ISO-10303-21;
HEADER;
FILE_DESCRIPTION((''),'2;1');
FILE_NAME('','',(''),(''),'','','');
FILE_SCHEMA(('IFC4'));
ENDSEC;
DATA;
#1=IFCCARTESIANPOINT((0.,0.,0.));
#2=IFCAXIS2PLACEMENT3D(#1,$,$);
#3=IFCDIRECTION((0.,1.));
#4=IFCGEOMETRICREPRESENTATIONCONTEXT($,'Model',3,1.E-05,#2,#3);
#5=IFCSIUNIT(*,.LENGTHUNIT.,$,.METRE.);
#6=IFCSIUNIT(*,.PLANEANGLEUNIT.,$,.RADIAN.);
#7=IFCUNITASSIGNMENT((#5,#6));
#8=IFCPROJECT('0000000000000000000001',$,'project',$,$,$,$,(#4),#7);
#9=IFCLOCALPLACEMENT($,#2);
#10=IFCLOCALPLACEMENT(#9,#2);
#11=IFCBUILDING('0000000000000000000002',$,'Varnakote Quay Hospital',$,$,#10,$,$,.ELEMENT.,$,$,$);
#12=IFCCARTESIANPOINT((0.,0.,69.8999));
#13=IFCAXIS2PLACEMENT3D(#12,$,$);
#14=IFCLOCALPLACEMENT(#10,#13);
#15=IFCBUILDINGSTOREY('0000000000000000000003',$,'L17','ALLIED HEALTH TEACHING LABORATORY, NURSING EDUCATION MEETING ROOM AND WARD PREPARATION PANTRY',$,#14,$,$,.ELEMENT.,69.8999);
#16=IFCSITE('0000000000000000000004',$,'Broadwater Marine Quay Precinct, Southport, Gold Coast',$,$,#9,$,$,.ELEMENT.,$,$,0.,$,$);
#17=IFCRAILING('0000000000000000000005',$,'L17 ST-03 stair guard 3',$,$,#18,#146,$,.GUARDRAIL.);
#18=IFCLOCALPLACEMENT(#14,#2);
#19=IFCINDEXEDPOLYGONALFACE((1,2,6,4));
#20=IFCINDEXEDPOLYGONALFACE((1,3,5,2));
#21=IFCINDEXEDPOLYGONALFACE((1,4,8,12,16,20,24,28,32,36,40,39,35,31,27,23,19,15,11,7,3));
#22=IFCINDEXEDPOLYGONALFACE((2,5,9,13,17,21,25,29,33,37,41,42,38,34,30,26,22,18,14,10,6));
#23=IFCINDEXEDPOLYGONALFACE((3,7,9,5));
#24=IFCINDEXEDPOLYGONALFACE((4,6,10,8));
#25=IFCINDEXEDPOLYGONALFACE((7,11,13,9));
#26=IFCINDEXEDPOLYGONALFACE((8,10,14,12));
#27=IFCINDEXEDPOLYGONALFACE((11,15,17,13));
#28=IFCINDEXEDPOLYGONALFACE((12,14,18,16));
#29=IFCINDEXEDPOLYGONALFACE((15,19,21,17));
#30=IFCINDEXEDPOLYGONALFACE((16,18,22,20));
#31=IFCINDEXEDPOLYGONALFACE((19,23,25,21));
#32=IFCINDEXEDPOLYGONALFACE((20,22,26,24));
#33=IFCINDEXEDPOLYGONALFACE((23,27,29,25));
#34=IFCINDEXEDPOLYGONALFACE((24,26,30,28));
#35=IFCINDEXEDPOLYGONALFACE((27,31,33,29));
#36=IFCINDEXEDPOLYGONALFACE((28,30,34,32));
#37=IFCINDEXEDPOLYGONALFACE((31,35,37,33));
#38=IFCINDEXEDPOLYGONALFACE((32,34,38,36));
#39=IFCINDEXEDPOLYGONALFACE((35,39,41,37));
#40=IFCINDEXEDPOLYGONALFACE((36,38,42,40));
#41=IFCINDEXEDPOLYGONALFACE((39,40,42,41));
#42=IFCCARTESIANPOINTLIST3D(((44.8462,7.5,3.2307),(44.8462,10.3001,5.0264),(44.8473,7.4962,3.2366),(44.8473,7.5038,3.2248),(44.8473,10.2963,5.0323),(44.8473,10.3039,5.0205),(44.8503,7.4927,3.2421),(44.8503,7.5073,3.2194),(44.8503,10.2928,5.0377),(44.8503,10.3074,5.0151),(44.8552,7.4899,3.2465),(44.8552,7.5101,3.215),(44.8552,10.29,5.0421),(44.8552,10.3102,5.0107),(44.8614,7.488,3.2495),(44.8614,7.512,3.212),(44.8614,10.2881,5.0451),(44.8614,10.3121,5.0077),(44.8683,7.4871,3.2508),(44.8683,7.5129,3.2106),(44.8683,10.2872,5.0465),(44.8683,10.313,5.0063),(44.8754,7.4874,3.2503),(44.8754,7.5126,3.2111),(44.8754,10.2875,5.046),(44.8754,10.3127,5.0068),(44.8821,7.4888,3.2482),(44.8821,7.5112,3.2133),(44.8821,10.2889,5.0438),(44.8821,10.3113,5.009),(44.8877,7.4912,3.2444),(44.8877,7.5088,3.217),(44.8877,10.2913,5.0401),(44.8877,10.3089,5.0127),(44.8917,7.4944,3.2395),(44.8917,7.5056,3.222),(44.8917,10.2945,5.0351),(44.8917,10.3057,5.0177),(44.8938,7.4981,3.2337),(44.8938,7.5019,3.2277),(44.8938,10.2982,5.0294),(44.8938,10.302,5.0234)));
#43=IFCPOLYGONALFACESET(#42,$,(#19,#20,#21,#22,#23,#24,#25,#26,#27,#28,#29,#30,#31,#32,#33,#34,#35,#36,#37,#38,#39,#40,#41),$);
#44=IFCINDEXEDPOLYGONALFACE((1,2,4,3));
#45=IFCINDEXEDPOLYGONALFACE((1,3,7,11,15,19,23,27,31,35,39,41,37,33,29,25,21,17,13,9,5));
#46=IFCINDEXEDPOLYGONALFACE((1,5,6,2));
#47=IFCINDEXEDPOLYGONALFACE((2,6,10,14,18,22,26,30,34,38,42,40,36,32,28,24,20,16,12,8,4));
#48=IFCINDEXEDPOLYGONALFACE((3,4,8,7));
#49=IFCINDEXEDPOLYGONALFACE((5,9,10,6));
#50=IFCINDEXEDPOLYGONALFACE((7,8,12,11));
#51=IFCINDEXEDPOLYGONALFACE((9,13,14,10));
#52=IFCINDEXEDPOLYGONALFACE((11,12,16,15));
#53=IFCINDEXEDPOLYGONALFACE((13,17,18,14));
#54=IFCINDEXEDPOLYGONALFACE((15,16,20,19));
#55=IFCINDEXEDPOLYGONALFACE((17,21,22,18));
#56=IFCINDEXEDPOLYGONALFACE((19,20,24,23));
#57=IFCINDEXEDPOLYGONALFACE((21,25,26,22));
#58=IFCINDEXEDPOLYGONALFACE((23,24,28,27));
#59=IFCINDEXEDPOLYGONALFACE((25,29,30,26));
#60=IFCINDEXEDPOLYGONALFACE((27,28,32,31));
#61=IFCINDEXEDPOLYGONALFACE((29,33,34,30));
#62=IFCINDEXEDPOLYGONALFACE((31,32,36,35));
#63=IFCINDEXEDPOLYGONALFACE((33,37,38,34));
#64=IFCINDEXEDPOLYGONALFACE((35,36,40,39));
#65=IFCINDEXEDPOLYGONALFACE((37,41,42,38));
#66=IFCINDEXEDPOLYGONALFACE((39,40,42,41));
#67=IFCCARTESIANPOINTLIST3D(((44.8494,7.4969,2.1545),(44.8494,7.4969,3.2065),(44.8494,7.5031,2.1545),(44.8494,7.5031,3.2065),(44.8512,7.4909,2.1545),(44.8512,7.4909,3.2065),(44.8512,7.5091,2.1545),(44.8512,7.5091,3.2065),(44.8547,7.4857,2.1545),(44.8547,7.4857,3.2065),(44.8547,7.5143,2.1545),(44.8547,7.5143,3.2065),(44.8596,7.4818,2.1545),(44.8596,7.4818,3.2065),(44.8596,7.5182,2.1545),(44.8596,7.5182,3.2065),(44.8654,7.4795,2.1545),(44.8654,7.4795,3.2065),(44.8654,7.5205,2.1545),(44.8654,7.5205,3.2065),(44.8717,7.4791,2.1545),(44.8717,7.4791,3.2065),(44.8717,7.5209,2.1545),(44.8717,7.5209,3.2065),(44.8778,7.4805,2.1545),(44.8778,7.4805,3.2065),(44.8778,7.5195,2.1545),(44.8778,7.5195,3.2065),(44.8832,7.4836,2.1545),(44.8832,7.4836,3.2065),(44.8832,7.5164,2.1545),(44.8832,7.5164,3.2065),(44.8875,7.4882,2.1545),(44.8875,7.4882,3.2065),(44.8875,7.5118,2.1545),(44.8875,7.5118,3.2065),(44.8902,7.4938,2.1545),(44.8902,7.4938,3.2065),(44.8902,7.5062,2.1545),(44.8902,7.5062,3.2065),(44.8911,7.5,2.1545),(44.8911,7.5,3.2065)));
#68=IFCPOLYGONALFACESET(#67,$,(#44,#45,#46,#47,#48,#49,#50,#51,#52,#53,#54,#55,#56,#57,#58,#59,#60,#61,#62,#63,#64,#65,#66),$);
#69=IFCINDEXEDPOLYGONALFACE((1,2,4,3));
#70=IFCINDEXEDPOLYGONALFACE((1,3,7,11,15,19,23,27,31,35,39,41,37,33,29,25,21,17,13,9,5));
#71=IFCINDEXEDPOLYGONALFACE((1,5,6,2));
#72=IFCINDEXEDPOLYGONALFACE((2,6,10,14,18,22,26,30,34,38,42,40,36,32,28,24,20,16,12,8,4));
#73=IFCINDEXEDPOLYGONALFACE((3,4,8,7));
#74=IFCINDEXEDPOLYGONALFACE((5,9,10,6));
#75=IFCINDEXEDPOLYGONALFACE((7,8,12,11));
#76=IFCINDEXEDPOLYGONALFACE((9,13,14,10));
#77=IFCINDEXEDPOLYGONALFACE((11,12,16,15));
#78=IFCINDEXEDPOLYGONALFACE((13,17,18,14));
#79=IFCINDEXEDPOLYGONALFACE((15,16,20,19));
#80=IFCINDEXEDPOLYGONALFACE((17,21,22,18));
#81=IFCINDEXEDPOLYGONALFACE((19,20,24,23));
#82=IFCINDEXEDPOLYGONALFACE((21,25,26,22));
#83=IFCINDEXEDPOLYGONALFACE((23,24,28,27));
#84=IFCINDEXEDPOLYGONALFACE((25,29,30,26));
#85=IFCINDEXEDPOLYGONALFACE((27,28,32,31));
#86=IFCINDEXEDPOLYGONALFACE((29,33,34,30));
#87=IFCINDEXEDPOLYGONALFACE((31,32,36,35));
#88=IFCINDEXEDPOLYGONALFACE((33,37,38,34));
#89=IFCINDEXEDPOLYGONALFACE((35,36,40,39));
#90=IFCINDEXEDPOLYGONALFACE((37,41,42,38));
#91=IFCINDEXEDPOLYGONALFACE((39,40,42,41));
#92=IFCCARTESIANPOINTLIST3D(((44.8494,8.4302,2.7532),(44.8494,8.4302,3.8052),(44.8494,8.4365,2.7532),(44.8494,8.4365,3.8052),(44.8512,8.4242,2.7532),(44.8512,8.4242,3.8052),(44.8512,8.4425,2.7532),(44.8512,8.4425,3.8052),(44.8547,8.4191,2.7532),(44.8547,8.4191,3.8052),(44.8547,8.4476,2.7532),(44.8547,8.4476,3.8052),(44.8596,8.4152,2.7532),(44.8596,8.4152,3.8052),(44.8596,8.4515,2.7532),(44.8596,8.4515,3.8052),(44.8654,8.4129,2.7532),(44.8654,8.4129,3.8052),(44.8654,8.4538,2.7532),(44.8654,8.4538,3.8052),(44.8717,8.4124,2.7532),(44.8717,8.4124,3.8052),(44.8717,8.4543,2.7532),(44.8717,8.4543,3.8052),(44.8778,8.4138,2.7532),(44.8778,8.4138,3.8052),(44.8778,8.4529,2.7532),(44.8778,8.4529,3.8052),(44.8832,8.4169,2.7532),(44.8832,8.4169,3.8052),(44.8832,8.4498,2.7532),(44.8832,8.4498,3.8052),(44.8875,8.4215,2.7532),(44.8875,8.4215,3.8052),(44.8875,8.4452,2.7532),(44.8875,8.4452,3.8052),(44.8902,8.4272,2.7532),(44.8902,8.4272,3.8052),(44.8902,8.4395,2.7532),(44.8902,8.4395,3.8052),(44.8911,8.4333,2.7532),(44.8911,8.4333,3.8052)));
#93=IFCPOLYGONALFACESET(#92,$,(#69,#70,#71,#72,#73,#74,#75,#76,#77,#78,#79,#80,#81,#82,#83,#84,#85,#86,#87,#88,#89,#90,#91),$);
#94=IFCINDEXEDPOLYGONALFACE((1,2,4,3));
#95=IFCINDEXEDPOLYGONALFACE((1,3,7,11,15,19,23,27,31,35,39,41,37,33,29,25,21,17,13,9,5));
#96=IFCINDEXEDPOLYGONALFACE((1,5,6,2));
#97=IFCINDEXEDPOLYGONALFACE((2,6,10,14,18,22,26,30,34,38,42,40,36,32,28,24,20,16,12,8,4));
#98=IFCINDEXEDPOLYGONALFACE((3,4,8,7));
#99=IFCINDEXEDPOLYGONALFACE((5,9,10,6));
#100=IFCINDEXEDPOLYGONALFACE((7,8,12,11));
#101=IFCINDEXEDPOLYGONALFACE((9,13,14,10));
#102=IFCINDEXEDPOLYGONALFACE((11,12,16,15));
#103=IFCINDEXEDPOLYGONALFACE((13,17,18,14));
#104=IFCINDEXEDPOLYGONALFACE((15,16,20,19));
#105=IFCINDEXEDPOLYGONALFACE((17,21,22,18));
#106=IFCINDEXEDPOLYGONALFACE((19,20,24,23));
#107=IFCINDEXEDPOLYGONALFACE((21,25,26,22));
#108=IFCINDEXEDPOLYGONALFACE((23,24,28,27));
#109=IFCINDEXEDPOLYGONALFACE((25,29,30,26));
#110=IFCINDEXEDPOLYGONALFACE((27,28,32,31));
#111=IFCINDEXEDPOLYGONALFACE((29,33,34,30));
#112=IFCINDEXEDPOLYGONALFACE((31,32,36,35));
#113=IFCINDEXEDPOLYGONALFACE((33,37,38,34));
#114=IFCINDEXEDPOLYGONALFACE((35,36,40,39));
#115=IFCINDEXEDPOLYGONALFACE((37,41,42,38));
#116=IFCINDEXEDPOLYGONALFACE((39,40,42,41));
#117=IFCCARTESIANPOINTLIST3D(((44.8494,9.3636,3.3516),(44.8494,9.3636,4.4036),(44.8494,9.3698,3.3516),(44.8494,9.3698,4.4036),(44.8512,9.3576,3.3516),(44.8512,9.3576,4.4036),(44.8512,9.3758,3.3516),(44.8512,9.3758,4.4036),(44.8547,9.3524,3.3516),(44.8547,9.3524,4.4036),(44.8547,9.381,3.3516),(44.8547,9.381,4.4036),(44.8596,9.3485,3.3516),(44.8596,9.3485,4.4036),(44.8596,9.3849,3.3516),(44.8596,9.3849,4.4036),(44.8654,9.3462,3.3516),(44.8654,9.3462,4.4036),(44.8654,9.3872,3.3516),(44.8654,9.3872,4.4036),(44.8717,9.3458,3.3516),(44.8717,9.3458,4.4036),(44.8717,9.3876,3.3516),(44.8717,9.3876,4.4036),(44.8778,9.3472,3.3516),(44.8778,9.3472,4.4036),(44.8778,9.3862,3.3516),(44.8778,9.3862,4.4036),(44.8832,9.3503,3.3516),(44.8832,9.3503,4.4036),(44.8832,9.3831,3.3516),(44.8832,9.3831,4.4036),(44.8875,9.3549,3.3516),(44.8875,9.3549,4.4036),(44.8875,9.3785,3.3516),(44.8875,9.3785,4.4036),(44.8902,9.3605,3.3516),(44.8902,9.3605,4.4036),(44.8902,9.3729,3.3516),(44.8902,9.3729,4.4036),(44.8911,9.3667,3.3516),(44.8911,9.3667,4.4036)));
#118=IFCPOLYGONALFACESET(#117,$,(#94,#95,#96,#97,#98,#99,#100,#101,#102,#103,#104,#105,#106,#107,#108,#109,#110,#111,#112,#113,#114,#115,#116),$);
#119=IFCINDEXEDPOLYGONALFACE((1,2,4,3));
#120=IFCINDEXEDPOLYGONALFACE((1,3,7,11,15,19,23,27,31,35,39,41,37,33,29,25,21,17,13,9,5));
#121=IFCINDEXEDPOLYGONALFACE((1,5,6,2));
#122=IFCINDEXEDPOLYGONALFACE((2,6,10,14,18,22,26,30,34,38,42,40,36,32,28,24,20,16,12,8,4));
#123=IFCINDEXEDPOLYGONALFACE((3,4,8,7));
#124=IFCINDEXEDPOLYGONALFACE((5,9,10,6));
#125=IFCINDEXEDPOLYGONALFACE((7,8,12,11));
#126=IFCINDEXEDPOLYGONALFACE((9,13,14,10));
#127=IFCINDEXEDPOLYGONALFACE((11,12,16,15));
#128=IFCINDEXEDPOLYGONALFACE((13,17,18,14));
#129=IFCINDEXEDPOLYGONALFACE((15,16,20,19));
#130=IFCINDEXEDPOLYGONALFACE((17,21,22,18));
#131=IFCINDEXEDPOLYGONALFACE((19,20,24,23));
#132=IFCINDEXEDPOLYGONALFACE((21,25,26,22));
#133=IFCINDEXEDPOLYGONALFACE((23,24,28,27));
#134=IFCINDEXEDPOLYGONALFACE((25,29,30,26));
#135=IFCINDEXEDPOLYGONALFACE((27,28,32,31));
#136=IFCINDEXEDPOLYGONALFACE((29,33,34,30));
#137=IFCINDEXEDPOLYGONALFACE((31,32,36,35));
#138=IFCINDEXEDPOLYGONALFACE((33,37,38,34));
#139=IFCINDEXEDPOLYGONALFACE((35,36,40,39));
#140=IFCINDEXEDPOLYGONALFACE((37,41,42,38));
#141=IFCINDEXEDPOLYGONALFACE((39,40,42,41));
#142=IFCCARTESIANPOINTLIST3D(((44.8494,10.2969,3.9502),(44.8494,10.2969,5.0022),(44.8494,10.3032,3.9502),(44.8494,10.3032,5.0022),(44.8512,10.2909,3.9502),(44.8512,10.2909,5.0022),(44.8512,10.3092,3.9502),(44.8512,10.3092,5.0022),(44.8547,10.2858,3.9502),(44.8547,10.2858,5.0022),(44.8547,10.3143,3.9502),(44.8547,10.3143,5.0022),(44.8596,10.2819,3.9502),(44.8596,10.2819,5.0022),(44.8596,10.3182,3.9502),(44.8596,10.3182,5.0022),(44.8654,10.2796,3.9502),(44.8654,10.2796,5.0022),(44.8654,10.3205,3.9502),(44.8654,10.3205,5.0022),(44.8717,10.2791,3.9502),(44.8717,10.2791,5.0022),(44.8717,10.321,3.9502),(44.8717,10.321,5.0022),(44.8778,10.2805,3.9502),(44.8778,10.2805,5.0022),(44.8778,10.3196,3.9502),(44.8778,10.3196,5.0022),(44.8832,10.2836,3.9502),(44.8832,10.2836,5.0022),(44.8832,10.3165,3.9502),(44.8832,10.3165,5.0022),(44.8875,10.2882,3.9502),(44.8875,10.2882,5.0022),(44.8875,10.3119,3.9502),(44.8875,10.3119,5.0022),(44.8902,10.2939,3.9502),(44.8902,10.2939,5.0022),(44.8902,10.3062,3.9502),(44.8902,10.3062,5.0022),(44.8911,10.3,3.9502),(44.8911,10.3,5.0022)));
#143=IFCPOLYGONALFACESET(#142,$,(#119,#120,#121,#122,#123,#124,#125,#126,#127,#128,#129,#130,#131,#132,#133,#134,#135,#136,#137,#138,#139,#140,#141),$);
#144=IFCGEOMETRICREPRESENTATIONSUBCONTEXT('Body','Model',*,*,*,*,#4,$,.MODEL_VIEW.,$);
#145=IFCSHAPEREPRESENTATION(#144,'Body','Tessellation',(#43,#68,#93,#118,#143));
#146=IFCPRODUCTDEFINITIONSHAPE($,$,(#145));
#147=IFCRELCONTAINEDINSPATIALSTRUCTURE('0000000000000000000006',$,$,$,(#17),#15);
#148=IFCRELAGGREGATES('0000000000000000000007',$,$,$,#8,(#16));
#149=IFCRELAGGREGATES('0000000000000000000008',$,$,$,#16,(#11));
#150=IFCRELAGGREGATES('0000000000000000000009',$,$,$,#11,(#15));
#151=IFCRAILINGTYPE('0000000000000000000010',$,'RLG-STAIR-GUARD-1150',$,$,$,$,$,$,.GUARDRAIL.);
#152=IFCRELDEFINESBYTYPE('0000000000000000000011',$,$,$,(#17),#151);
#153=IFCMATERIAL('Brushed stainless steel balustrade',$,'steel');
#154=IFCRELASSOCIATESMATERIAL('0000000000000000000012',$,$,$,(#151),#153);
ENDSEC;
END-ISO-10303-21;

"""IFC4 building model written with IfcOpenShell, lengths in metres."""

from ifc_helpers import new_model, si_unit, direction, frame, origin, origin_2d, place, context, subcontext, project, spatial, circle, extrude, material, type_object, element, save


model = new_model("IFC4")

# Units and contexts
model_context = context("Model", 3, precision=1e-05, world=origin(), true_north=direction((0.0, 1.0)))
body_context = subcontext(model_context, "Body", "Model", "MODEL_VIEW")
ifc_project = project(units=[si_unit("LENGTHUNIT", "METRE"), si_unit("PLANEANGLEUNIT", "RADIAN")], contexts=[model_context])

# Site, building, storey
site_placement = place(None, origin())
site = spatial("IfcSite", under=ifc_project, at=site_placement, Name="Broadwater Marine Quay Precinct, Southport, Gold Coast", CompositionType="ELEMENT", RefElevation=0.0)
building_placement = place(site_placement, origin())
building = spatial("IfcBuilding", under=site, at=building_placement, Name="Varnakote Quay Hospital", CompositionType="ELEMENT")
storey_placement = place(building_placement, frame((0.0, 0.0, 69.8999)))
storey = spatial("IfcBuildingStorey", under=building, at=storey_placement, Name="L17", Description="ALLIED HEALTH TEACHING LABORATORY, NURSING EDUCATION MEETING ROOM AND WARD PREPARATION PANTRY", CompositionType="ELEMENT", Elevation=69.8999)

# Railing
ifc_material_1 = material(Name="Brushed stainless steel balustrade", Category="steel")
railing_type_1 = type_object("IfcRailingType", Name="RLG-STAIR-GUARD-1150", PredefinedType="GUARDRAIL", material=ifc_material_1)
railing_1_placement = place(storey_placement, frame((44.8701, 7.5, 2.1545)))
element("IfcRailing", 1, at=railing_1_placement, inside=storey, type_object=railing_type_1, Name="L17 ST-03 stair guard 3", PredefinedType="GUARDRAIL", context=body_context, shape_type="SweptSolid", body=[
    extrude(circle(Radius=0.0239, at=origin_2d()), frame((0.0, 0.0, 1.0762), z_axis=(0.0, 0.841777, 0.539826), x_axis=(-1.0, 0.0, 0.0)), (0.0, 0.0, 1.0), 3.3264),
    extrude(circle(Radius=0.021, at=origin_2d()), origin(), (0.0, 0.0, 1.0), 1.052),
    extrude(circle(Radius=0.021, at=origin_2d()), frame((0.0, 0.9333, 0.5986)), (0.0, 0.0, 1.0), 1.052),
    extrude(circle(Radius=0.021, at=origin_2d()), frame((0.0, 1.8667, 1.197)), (0.0, 0.0, 1.0), 1.052),
    extrude(circle(Radius=0.021, at=origin_2d()), frame((0.0, 2.8, 1.7957)), (0.0, 0.0, 1.0), 1.052),
])

save(model, "model.ifc")
